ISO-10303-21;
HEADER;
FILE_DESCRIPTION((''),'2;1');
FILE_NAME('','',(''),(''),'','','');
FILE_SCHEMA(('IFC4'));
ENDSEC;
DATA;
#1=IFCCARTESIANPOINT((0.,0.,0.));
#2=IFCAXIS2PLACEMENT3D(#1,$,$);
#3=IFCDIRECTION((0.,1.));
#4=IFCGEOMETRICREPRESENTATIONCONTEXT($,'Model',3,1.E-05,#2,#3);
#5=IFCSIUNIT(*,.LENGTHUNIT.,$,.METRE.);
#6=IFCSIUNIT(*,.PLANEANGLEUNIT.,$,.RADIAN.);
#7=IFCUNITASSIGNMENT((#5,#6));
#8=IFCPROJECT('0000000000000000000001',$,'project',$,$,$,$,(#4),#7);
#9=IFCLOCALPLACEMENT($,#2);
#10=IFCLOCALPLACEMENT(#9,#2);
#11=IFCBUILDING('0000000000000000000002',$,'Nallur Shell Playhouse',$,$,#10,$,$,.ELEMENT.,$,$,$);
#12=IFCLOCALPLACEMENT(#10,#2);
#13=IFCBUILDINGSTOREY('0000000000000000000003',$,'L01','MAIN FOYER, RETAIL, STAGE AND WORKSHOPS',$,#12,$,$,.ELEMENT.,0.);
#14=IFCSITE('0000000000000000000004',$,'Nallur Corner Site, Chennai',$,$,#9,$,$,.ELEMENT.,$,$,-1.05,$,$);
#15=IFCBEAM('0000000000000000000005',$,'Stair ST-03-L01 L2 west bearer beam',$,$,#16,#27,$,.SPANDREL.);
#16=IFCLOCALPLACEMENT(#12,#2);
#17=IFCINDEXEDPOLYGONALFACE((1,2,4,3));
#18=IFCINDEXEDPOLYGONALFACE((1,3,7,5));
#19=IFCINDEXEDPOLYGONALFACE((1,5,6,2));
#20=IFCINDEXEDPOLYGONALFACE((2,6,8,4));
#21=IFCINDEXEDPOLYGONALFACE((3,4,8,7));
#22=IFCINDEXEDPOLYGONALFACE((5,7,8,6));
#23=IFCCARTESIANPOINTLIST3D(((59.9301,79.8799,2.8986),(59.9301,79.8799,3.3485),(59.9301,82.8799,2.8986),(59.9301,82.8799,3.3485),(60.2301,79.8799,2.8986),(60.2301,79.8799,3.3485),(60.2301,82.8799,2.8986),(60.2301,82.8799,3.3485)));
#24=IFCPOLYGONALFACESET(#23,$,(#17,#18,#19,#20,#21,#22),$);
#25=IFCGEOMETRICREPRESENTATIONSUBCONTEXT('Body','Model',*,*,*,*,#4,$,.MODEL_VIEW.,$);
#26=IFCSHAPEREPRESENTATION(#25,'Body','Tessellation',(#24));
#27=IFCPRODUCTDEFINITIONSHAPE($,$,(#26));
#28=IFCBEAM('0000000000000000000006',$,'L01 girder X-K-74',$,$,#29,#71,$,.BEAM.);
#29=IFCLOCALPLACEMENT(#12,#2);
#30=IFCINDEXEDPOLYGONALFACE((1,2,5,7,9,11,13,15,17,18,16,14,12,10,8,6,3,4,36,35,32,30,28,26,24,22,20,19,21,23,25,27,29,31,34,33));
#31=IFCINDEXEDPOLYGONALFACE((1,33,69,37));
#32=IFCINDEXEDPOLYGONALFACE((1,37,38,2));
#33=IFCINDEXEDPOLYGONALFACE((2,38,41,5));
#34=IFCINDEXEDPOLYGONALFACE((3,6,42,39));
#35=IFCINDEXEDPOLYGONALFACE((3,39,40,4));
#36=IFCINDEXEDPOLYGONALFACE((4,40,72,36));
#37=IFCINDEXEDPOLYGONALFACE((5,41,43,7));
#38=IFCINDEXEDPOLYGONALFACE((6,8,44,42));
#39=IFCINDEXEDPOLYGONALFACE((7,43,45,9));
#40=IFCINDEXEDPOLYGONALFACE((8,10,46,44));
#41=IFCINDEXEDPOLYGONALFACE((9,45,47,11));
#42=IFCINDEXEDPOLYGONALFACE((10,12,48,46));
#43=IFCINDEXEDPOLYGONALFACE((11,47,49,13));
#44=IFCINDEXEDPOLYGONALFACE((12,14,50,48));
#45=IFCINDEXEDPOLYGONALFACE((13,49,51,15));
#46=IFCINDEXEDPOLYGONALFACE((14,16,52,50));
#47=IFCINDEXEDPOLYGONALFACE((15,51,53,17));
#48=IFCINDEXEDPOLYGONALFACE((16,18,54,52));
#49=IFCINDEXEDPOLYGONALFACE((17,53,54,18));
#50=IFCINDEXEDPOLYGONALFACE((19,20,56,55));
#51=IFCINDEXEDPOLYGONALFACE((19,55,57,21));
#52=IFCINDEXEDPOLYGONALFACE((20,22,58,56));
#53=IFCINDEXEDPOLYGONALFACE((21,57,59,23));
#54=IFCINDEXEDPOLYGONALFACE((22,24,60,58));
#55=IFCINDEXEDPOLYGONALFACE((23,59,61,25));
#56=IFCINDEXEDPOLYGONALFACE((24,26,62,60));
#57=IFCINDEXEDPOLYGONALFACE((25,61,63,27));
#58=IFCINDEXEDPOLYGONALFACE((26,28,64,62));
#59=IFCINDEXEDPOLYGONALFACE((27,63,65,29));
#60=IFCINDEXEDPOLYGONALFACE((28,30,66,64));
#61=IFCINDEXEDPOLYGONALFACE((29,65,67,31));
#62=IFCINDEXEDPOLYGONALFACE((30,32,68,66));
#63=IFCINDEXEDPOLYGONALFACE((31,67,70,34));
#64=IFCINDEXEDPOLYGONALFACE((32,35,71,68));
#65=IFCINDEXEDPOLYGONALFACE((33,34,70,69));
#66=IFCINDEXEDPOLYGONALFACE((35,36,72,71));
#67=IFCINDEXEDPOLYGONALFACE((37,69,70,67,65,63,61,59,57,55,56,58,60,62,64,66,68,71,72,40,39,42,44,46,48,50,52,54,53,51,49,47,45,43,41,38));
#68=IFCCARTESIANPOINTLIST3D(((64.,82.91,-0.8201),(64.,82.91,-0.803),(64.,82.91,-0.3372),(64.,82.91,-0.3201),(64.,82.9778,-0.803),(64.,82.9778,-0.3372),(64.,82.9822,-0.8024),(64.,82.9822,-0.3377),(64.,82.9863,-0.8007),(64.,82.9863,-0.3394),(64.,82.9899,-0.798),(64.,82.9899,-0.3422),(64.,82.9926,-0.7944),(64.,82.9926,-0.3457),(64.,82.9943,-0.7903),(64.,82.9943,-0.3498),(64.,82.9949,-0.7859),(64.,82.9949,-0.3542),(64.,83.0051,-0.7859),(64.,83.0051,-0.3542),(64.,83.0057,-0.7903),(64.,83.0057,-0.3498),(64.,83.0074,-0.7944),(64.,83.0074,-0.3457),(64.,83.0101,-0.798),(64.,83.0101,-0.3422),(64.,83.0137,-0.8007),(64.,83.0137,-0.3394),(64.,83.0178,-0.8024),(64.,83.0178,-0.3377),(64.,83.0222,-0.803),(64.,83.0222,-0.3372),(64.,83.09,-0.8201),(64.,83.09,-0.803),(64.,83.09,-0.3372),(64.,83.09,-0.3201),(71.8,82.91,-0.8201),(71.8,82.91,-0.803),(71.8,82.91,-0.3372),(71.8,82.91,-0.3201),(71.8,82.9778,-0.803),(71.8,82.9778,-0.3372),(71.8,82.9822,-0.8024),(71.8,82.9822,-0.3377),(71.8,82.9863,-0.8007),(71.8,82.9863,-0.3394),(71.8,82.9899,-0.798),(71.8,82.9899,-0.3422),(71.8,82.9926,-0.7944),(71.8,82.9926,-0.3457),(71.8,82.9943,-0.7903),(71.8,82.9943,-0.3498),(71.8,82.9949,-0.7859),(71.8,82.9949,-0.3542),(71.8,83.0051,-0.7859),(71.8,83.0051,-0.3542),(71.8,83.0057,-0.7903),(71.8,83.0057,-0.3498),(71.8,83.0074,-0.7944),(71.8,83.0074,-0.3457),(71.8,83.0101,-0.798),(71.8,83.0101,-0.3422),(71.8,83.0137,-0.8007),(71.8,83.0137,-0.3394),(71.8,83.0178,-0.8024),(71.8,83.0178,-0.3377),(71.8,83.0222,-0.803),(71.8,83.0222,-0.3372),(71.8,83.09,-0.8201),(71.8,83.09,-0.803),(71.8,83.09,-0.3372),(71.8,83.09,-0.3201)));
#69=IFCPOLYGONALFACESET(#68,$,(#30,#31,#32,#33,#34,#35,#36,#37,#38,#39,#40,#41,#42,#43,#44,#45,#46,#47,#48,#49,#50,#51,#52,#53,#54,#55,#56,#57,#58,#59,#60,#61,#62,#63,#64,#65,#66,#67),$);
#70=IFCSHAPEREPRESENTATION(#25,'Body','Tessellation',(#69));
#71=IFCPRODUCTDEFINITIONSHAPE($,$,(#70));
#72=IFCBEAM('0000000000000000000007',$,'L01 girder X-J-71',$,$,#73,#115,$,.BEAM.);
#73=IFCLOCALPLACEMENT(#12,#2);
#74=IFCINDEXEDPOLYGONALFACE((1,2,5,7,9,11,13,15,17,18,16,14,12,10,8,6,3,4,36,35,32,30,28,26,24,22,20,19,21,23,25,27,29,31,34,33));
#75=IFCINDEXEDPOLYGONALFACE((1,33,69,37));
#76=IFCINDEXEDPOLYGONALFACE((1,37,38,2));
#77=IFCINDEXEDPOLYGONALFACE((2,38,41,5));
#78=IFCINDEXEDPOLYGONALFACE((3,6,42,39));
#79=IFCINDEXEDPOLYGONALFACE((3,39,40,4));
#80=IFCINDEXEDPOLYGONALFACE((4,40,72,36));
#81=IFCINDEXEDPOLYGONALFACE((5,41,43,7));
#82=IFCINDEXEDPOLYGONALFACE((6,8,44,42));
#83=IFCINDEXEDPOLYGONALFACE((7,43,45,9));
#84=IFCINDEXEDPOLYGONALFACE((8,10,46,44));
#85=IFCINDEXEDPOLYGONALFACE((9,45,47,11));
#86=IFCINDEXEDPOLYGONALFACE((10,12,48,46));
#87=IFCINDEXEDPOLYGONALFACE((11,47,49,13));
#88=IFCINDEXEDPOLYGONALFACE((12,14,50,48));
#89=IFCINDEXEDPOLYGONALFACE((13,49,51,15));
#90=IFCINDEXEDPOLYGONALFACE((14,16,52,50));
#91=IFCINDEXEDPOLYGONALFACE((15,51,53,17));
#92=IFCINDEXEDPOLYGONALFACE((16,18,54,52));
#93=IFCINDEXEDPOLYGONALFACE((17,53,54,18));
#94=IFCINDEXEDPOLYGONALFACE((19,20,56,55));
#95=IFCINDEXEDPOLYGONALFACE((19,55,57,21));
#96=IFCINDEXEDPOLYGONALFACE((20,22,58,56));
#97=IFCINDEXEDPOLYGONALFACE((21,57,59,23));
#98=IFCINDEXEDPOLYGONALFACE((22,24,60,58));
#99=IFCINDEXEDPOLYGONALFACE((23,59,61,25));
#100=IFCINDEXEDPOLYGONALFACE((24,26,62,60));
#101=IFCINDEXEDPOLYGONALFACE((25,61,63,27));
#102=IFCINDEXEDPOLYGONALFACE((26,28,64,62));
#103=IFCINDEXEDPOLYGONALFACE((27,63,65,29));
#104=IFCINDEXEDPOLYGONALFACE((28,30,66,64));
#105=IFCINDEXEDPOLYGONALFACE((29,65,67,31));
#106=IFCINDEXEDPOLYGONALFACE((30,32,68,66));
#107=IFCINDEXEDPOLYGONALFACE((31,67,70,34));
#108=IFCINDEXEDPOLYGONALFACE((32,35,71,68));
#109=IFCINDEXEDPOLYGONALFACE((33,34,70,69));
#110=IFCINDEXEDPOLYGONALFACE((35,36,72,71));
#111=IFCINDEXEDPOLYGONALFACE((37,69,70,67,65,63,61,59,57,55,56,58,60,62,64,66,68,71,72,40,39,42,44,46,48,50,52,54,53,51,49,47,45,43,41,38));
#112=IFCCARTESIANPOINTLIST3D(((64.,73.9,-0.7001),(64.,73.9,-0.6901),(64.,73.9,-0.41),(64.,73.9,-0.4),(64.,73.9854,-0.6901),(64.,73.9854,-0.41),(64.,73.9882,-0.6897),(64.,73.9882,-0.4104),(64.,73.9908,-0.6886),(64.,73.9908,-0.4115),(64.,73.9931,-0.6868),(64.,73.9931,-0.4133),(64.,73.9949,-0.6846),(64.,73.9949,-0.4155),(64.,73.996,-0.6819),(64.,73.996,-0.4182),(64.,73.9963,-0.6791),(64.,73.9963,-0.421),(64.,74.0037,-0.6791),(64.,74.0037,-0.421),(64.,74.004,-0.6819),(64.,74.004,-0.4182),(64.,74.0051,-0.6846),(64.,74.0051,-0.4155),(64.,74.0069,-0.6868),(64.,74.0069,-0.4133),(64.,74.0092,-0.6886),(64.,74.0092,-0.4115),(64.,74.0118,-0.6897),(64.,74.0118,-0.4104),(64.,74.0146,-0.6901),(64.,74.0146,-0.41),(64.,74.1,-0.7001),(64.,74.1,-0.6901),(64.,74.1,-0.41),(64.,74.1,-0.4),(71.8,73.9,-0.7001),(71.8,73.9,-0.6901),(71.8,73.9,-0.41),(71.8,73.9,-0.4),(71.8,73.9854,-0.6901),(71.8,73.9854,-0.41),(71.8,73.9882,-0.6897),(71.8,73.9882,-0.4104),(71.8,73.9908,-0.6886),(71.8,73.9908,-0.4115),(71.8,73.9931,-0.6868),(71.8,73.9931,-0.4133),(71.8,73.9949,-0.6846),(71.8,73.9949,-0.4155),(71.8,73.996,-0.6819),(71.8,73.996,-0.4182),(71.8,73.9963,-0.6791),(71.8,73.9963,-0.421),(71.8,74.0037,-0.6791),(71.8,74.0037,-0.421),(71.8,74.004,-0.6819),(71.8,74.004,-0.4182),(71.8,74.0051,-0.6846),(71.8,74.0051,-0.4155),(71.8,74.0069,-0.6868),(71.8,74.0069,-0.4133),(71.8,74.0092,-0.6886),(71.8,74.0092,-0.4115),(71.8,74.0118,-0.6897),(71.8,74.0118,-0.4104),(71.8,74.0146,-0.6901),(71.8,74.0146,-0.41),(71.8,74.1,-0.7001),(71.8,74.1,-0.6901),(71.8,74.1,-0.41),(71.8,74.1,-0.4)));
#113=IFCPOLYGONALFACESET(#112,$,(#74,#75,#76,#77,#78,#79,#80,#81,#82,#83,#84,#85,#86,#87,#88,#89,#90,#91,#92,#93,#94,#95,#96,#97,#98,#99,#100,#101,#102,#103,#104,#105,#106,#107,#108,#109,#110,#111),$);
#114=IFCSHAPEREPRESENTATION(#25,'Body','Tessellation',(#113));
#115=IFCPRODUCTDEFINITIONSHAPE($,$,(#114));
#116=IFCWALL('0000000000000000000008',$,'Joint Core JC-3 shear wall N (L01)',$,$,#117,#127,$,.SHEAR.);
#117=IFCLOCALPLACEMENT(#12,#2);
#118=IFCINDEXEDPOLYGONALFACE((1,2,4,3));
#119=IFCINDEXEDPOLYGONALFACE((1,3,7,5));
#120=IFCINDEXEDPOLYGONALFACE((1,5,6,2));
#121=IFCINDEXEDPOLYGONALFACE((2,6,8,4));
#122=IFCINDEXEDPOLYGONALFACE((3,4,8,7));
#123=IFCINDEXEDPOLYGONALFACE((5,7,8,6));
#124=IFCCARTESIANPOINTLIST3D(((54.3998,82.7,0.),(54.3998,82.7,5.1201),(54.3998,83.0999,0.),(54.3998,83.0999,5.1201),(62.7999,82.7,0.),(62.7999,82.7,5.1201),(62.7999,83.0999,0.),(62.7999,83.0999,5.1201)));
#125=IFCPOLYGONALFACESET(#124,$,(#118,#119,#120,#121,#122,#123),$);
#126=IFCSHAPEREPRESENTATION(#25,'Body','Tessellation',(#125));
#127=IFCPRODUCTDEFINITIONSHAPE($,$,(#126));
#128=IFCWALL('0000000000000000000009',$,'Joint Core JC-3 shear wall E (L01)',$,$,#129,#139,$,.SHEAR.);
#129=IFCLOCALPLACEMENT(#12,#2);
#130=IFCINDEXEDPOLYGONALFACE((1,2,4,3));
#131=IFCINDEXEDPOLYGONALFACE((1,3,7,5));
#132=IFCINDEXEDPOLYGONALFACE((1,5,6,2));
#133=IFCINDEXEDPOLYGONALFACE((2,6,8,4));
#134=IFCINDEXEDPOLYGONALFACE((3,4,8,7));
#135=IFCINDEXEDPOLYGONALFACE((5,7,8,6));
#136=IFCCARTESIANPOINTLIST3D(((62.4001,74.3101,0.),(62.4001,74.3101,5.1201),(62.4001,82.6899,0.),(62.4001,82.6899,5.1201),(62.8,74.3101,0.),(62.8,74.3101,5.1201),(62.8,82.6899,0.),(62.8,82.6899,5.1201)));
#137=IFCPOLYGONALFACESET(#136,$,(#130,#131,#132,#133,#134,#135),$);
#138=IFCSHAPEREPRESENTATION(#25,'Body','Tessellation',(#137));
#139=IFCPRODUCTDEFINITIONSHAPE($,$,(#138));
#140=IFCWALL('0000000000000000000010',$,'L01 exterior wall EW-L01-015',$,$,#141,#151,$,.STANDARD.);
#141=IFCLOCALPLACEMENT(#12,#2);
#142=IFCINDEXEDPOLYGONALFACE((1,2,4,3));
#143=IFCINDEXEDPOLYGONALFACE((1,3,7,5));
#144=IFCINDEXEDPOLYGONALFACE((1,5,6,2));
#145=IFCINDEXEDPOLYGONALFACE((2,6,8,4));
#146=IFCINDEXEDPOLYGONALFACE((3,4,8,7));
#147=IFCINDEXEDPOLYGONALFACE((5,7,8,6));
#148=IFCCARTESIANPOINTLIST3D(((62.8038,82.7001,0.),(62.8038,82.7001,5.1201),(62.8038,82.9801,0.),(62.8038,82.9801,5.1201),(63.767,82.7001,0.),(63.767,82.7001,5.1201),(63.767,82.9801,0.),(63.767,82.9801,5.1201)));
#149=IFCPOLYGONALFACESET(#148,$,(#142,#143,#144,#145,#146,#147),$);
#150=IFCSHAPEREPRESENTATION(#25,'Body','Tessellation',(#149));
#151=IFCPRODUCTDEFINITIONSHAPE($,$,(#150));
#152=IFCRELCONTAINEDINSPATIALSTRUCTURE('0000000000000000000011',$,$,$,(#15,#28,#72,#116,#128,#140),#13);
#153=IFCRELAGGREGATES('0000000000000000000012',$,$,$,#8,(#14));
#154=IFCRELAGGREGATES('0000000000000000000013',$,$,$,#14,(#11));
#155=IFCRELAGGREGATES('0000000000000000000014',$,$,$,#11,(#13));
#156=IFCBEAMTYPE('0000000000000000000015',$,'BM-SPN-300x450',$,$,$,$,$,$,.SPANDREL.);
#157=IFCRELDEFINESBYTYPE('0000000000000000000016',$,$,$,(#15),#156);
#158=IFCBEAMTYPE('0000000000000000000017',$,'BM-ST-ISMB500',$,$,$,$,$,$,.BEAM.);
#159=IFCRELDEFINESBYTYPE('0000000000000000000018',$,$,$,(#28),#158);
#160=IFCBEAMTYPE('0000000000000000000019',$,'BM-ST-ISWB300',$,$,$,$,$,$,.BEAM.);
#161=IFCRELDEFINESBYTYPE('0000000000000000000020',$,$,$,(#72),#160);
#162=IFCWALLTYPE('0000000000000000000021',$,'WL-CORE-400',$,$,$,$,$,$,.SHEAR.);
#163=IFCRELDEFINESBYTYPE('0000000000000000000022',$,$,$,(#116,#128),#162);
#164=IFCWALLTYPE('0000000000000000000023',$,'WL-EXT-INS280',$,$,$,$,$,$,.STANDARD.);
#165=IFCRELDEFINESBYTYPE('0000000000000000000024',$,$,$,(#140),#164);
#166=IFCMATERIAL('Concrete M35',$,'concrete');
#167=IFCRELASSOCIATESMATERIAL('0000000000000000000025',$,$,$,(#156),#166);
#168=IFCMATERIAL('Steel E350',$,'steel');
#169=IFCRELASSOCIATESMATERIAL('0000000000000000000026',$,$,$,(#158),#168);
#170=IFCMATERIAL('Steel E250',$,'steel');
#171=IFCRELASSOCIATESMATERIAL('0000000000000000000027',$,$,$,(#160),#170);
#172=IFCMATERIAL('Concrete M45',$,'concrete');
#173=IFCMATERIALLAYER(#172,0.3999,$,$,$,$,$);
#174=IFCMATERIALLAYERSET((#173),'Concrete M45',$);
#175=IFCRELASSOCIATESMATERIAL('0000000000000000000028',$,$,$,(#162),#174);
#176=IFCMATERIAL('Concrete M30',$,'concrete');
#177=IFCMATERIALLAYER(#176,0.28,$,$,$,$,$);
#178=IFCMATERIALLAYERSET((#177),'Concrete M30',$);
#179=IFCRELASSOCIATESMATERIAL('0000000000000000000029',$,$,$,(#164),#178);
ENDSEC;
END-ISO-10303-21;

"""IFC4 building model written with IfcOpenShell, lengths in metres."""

from ifc_helpers import new_model, si_unit, direction, frame, frame_2d, origin, origin_2d, place, context, subcontext, project, spatial, rectangle, i_section, extrude, material, layer, layer_set, material_profile, profile_set, type_object, element, save


model = new_model("IFC4")

# Units and contexts
model_context = context("Model", 3, precision=1e-05, world=origin(), true_north=direction((0.0, 1.0)))
body_context = subcontext(model_context, "Body", "Model", "MODEL_VIEW")
ifc_project = project(units=[si_unit("LENGTHUNIT", "METRE"), si_unit("PLANEANGLEUNIT", "RADIAN")], contexts=[model_context])

# Site, building, storey
site_placement = place(None, origin())
site = spatial("IfcSite", under=ifc_project, at=site_placement, Name="Nallur Corner Site, Chennai", CompositionType="ELEMENT", RefElevation=-1.05)
building_placement = place(site_placement, origin())
building = spatial("IfcBuilding", under=site, at=building_placement, Name="Nallur Shell Playhouse", CompositionType="ELEMENT")
storey_placement = place(building_placement, origin())
storey = spatial("IfcBuildingStorey", under=building, at=storey_placement, Name="L01", Description="MAIN FOYER, RETAIL, STAGE AND WORKSHOPS", CompositionType="ELEMENT", Elevation=0.0)

# Shared definitions
ifc_material_1 = material(Name="Steel E350", Category="steel")

# Beams
ifc_material_2 = material(Name="Concrete M35", Category="concrete")
ifc_material_profile_1 = material_profile(ifc_material_2, rectangle(XDim=0.3, YDim=0.45, at=origin_2d()), Name="RC 300x450")
ifc_profile_set_1 = profile_set([ifc_material_profile_1], Name="Concrete M35")
beam_type_1 = type_object("IfcBeamType", Name="BM-SPN-300x450", PredefinedType="SPANDREL", material=ifc_profile_set_1)
beam_1_placement = place(storey_placement, frame((60.0801, 79.8799, 3.1235), z_axis=(0.0, 1.0, 0.0), x_axis=(-1.0, 0.0, 0.0)))
element("IfcBeam", 1, at=beam_1_placement, inside=storey, type_object=beam_type_1, Name="Stair ST-03-L01 L2 west bearer beam", PredefinedType="SPANDREL", context=body_context, shape_type="SweptSolid", body=[
    extrude(rectangle(XDim=0.3, YDim=0.45, at=origin_2d()), origin(), (0.0, 0.0, 1.0), 3.0),
])
ifc_material_profile_2 = material_profile(ifc_material_1, i_section(OverallWidth=0.1799, OverallDepth=0.5, WebThickness=0.0103, FlangeThickness=0.0171, FilletRadius=0.0171, at=origin_2d()), Name="ISMB 500")
ifc_profile_set_2 = profile_set([ifc_material_profile_2], Name="Steel E350")
beam_type_2 = type_object("IfcBeamType", Name="BM-ST-ISMB500", PredefinedType="BEAM", material=ifc_profile_set_2)
beam_2_placement = place(storey_placement, frame((64.0, 83.0, -0.5701), z_axis=(1.0, 0.0, 0.0), x_axis=(0.0, 1.0, 0.0)))
element("IfcBeam", 2, at=beam_2_placement, inside=storey, type_object=beam_type_2, Name="L01 girder X-K-74", PredefinedType="BEAM", context=body_context, shape_type="SweptSolid", body=[
    extrude(i_section(OverallWidth=0.1799, OverallDepth=0.5, WebThickness=0.0103, FlangeThickness=0.0171, FilletRadius=0.0171, at=origin_2d()), origin(), (0.0, 0.0, 1.0), 7.8),
])
ifc_material_3 = material(Name="Steel E250", Category="steel")
ifc_material_profile_3 = material_profile(ifc_material_3, i_section(OverallWidth=0.2, OverallDepth=0.3, WebThickness=0.0073, FlangeThickness=0.01, FilletRadius=0.011, at=origin_2d()), Name="ISWB 300")
ifc_profile_set_3 = profile_set([ifc_material_profile_3], Name="Steel E250")
beam_type_3 = type_object("IfcBeamType", Name="BM-ST-ISWB300", PredefinedType="BEAM", material=ifc_profile_set_3)
beam_3_placement = place(storey_placement, frame((64.0, 74.0, -0.55), z_axis=(1.0, 0.0, 0.0), x_axis=(0.0, 1.0, 0.0)))
element("IfcBeam", 3, at=beam_3_placement, inside=storey, type_object=beam_type_3, Name="L01 girder X-J-71", PredefinedType="BEAM", context=body_context, shape_type="SweptSolid", body=[
    extrude(i_section(OverallWidth=0.2, OverallDepth=0.3, WebThickness=0.0073, FlangeThickness=0.01, FilletRadius=0.011, at=origin_2d()), origin(), (0.0, 0.0, 1.0), 7.8),
])

# Walls
ifc_material_4 = material(Name="Concrete M45", Category="concrete")
ifc_layer_1 = layer(ifc_material_4, 0.3999)
ifc_layer_set_1 = layer_set([ifc_layer_1], Name="Concrete M45")
wall_type_1 = type_object("IfcWallType", Name="WL-CORE-400", PredefinedType="SHEAR", material=ifc_layer_set_1)
wall_1_placement = place(storey_placement, frame((62.8, 82.8999, 0.0), z_axis=(0.0, 0.0, 1.0), x_axis=(-1.0, 0.0, 0.0)))
element("IfcWall", 4, at=wall_1_placement, inside=storey, type_object=wall_type_1, Name="Joint Core JC-3 shear wall N (L01)", PredefinedType="SHEAR", context=body_context, shape_type="SweptSolid", body=[
    extrude(rectangle(XDim=8.4001, YDim=0.3999, at=frame_2d((4.2002, 0.0))), origin(), (0.0, 0.0, 1.0), 5.1201),
])
wall_2_placement = place(storey_placement, frame((62.6001, 74.3101, 0.0), z_axis=(0.0, 0.0, 1.0), x_axis=(0.0, 1.0, 0.0)))
element("IfcWall", 5, at=wall_2_placement, inside=storey, type_object=wall_type_1, Name="Joint Core JC-3 shear wall E (L01)", PredefinedType="SHEAR", context=body_context, shape_type="SweptSolid", body=[
    extrude(rectangle(XDim=8.3799, YDim=0.3999, at=frame_2d((4.1899, 0.0))), origin(), (0.0, 0.0, 1.0), 5.1201),
])
ifc_material_5 = material(Name="Concrete M30", Category="concrete")
ifc_layer_2 = layer(ifc_material_5, 0.28)
ifc_layer_set_2 = layer_set([ifc_layer_2], Name="Concrete M30")
wall_type_2 = type_object("IfcWallType", Name="WL-EXT-INS280", PredefinedType="STANDARD", material=ifc_layer_set_2)
wall_3_placement = place(storey_placement, frame((62.804, 82.8401, 0.0), z_axis=(0.0, 0.0, 1.0), x_axis=(1.0, 0.0, 0.0)))
element("IfcWall", 6, at=wall_3_placement, inside=storey, type_object=wall_type_2, Name="L01 exterior wall EW-L01-015", PredefinedType="STANDARD", context=body_context, shape_type="SweptSolid", body=[
    extrude(rectangle(XDim=0.9631, YDim=0.28, at=frame_2d((0.4814, 0.0))), origin(), (0.0, 0.0, 1.0), 5.1201),
])

save(model, "model.ifc")
